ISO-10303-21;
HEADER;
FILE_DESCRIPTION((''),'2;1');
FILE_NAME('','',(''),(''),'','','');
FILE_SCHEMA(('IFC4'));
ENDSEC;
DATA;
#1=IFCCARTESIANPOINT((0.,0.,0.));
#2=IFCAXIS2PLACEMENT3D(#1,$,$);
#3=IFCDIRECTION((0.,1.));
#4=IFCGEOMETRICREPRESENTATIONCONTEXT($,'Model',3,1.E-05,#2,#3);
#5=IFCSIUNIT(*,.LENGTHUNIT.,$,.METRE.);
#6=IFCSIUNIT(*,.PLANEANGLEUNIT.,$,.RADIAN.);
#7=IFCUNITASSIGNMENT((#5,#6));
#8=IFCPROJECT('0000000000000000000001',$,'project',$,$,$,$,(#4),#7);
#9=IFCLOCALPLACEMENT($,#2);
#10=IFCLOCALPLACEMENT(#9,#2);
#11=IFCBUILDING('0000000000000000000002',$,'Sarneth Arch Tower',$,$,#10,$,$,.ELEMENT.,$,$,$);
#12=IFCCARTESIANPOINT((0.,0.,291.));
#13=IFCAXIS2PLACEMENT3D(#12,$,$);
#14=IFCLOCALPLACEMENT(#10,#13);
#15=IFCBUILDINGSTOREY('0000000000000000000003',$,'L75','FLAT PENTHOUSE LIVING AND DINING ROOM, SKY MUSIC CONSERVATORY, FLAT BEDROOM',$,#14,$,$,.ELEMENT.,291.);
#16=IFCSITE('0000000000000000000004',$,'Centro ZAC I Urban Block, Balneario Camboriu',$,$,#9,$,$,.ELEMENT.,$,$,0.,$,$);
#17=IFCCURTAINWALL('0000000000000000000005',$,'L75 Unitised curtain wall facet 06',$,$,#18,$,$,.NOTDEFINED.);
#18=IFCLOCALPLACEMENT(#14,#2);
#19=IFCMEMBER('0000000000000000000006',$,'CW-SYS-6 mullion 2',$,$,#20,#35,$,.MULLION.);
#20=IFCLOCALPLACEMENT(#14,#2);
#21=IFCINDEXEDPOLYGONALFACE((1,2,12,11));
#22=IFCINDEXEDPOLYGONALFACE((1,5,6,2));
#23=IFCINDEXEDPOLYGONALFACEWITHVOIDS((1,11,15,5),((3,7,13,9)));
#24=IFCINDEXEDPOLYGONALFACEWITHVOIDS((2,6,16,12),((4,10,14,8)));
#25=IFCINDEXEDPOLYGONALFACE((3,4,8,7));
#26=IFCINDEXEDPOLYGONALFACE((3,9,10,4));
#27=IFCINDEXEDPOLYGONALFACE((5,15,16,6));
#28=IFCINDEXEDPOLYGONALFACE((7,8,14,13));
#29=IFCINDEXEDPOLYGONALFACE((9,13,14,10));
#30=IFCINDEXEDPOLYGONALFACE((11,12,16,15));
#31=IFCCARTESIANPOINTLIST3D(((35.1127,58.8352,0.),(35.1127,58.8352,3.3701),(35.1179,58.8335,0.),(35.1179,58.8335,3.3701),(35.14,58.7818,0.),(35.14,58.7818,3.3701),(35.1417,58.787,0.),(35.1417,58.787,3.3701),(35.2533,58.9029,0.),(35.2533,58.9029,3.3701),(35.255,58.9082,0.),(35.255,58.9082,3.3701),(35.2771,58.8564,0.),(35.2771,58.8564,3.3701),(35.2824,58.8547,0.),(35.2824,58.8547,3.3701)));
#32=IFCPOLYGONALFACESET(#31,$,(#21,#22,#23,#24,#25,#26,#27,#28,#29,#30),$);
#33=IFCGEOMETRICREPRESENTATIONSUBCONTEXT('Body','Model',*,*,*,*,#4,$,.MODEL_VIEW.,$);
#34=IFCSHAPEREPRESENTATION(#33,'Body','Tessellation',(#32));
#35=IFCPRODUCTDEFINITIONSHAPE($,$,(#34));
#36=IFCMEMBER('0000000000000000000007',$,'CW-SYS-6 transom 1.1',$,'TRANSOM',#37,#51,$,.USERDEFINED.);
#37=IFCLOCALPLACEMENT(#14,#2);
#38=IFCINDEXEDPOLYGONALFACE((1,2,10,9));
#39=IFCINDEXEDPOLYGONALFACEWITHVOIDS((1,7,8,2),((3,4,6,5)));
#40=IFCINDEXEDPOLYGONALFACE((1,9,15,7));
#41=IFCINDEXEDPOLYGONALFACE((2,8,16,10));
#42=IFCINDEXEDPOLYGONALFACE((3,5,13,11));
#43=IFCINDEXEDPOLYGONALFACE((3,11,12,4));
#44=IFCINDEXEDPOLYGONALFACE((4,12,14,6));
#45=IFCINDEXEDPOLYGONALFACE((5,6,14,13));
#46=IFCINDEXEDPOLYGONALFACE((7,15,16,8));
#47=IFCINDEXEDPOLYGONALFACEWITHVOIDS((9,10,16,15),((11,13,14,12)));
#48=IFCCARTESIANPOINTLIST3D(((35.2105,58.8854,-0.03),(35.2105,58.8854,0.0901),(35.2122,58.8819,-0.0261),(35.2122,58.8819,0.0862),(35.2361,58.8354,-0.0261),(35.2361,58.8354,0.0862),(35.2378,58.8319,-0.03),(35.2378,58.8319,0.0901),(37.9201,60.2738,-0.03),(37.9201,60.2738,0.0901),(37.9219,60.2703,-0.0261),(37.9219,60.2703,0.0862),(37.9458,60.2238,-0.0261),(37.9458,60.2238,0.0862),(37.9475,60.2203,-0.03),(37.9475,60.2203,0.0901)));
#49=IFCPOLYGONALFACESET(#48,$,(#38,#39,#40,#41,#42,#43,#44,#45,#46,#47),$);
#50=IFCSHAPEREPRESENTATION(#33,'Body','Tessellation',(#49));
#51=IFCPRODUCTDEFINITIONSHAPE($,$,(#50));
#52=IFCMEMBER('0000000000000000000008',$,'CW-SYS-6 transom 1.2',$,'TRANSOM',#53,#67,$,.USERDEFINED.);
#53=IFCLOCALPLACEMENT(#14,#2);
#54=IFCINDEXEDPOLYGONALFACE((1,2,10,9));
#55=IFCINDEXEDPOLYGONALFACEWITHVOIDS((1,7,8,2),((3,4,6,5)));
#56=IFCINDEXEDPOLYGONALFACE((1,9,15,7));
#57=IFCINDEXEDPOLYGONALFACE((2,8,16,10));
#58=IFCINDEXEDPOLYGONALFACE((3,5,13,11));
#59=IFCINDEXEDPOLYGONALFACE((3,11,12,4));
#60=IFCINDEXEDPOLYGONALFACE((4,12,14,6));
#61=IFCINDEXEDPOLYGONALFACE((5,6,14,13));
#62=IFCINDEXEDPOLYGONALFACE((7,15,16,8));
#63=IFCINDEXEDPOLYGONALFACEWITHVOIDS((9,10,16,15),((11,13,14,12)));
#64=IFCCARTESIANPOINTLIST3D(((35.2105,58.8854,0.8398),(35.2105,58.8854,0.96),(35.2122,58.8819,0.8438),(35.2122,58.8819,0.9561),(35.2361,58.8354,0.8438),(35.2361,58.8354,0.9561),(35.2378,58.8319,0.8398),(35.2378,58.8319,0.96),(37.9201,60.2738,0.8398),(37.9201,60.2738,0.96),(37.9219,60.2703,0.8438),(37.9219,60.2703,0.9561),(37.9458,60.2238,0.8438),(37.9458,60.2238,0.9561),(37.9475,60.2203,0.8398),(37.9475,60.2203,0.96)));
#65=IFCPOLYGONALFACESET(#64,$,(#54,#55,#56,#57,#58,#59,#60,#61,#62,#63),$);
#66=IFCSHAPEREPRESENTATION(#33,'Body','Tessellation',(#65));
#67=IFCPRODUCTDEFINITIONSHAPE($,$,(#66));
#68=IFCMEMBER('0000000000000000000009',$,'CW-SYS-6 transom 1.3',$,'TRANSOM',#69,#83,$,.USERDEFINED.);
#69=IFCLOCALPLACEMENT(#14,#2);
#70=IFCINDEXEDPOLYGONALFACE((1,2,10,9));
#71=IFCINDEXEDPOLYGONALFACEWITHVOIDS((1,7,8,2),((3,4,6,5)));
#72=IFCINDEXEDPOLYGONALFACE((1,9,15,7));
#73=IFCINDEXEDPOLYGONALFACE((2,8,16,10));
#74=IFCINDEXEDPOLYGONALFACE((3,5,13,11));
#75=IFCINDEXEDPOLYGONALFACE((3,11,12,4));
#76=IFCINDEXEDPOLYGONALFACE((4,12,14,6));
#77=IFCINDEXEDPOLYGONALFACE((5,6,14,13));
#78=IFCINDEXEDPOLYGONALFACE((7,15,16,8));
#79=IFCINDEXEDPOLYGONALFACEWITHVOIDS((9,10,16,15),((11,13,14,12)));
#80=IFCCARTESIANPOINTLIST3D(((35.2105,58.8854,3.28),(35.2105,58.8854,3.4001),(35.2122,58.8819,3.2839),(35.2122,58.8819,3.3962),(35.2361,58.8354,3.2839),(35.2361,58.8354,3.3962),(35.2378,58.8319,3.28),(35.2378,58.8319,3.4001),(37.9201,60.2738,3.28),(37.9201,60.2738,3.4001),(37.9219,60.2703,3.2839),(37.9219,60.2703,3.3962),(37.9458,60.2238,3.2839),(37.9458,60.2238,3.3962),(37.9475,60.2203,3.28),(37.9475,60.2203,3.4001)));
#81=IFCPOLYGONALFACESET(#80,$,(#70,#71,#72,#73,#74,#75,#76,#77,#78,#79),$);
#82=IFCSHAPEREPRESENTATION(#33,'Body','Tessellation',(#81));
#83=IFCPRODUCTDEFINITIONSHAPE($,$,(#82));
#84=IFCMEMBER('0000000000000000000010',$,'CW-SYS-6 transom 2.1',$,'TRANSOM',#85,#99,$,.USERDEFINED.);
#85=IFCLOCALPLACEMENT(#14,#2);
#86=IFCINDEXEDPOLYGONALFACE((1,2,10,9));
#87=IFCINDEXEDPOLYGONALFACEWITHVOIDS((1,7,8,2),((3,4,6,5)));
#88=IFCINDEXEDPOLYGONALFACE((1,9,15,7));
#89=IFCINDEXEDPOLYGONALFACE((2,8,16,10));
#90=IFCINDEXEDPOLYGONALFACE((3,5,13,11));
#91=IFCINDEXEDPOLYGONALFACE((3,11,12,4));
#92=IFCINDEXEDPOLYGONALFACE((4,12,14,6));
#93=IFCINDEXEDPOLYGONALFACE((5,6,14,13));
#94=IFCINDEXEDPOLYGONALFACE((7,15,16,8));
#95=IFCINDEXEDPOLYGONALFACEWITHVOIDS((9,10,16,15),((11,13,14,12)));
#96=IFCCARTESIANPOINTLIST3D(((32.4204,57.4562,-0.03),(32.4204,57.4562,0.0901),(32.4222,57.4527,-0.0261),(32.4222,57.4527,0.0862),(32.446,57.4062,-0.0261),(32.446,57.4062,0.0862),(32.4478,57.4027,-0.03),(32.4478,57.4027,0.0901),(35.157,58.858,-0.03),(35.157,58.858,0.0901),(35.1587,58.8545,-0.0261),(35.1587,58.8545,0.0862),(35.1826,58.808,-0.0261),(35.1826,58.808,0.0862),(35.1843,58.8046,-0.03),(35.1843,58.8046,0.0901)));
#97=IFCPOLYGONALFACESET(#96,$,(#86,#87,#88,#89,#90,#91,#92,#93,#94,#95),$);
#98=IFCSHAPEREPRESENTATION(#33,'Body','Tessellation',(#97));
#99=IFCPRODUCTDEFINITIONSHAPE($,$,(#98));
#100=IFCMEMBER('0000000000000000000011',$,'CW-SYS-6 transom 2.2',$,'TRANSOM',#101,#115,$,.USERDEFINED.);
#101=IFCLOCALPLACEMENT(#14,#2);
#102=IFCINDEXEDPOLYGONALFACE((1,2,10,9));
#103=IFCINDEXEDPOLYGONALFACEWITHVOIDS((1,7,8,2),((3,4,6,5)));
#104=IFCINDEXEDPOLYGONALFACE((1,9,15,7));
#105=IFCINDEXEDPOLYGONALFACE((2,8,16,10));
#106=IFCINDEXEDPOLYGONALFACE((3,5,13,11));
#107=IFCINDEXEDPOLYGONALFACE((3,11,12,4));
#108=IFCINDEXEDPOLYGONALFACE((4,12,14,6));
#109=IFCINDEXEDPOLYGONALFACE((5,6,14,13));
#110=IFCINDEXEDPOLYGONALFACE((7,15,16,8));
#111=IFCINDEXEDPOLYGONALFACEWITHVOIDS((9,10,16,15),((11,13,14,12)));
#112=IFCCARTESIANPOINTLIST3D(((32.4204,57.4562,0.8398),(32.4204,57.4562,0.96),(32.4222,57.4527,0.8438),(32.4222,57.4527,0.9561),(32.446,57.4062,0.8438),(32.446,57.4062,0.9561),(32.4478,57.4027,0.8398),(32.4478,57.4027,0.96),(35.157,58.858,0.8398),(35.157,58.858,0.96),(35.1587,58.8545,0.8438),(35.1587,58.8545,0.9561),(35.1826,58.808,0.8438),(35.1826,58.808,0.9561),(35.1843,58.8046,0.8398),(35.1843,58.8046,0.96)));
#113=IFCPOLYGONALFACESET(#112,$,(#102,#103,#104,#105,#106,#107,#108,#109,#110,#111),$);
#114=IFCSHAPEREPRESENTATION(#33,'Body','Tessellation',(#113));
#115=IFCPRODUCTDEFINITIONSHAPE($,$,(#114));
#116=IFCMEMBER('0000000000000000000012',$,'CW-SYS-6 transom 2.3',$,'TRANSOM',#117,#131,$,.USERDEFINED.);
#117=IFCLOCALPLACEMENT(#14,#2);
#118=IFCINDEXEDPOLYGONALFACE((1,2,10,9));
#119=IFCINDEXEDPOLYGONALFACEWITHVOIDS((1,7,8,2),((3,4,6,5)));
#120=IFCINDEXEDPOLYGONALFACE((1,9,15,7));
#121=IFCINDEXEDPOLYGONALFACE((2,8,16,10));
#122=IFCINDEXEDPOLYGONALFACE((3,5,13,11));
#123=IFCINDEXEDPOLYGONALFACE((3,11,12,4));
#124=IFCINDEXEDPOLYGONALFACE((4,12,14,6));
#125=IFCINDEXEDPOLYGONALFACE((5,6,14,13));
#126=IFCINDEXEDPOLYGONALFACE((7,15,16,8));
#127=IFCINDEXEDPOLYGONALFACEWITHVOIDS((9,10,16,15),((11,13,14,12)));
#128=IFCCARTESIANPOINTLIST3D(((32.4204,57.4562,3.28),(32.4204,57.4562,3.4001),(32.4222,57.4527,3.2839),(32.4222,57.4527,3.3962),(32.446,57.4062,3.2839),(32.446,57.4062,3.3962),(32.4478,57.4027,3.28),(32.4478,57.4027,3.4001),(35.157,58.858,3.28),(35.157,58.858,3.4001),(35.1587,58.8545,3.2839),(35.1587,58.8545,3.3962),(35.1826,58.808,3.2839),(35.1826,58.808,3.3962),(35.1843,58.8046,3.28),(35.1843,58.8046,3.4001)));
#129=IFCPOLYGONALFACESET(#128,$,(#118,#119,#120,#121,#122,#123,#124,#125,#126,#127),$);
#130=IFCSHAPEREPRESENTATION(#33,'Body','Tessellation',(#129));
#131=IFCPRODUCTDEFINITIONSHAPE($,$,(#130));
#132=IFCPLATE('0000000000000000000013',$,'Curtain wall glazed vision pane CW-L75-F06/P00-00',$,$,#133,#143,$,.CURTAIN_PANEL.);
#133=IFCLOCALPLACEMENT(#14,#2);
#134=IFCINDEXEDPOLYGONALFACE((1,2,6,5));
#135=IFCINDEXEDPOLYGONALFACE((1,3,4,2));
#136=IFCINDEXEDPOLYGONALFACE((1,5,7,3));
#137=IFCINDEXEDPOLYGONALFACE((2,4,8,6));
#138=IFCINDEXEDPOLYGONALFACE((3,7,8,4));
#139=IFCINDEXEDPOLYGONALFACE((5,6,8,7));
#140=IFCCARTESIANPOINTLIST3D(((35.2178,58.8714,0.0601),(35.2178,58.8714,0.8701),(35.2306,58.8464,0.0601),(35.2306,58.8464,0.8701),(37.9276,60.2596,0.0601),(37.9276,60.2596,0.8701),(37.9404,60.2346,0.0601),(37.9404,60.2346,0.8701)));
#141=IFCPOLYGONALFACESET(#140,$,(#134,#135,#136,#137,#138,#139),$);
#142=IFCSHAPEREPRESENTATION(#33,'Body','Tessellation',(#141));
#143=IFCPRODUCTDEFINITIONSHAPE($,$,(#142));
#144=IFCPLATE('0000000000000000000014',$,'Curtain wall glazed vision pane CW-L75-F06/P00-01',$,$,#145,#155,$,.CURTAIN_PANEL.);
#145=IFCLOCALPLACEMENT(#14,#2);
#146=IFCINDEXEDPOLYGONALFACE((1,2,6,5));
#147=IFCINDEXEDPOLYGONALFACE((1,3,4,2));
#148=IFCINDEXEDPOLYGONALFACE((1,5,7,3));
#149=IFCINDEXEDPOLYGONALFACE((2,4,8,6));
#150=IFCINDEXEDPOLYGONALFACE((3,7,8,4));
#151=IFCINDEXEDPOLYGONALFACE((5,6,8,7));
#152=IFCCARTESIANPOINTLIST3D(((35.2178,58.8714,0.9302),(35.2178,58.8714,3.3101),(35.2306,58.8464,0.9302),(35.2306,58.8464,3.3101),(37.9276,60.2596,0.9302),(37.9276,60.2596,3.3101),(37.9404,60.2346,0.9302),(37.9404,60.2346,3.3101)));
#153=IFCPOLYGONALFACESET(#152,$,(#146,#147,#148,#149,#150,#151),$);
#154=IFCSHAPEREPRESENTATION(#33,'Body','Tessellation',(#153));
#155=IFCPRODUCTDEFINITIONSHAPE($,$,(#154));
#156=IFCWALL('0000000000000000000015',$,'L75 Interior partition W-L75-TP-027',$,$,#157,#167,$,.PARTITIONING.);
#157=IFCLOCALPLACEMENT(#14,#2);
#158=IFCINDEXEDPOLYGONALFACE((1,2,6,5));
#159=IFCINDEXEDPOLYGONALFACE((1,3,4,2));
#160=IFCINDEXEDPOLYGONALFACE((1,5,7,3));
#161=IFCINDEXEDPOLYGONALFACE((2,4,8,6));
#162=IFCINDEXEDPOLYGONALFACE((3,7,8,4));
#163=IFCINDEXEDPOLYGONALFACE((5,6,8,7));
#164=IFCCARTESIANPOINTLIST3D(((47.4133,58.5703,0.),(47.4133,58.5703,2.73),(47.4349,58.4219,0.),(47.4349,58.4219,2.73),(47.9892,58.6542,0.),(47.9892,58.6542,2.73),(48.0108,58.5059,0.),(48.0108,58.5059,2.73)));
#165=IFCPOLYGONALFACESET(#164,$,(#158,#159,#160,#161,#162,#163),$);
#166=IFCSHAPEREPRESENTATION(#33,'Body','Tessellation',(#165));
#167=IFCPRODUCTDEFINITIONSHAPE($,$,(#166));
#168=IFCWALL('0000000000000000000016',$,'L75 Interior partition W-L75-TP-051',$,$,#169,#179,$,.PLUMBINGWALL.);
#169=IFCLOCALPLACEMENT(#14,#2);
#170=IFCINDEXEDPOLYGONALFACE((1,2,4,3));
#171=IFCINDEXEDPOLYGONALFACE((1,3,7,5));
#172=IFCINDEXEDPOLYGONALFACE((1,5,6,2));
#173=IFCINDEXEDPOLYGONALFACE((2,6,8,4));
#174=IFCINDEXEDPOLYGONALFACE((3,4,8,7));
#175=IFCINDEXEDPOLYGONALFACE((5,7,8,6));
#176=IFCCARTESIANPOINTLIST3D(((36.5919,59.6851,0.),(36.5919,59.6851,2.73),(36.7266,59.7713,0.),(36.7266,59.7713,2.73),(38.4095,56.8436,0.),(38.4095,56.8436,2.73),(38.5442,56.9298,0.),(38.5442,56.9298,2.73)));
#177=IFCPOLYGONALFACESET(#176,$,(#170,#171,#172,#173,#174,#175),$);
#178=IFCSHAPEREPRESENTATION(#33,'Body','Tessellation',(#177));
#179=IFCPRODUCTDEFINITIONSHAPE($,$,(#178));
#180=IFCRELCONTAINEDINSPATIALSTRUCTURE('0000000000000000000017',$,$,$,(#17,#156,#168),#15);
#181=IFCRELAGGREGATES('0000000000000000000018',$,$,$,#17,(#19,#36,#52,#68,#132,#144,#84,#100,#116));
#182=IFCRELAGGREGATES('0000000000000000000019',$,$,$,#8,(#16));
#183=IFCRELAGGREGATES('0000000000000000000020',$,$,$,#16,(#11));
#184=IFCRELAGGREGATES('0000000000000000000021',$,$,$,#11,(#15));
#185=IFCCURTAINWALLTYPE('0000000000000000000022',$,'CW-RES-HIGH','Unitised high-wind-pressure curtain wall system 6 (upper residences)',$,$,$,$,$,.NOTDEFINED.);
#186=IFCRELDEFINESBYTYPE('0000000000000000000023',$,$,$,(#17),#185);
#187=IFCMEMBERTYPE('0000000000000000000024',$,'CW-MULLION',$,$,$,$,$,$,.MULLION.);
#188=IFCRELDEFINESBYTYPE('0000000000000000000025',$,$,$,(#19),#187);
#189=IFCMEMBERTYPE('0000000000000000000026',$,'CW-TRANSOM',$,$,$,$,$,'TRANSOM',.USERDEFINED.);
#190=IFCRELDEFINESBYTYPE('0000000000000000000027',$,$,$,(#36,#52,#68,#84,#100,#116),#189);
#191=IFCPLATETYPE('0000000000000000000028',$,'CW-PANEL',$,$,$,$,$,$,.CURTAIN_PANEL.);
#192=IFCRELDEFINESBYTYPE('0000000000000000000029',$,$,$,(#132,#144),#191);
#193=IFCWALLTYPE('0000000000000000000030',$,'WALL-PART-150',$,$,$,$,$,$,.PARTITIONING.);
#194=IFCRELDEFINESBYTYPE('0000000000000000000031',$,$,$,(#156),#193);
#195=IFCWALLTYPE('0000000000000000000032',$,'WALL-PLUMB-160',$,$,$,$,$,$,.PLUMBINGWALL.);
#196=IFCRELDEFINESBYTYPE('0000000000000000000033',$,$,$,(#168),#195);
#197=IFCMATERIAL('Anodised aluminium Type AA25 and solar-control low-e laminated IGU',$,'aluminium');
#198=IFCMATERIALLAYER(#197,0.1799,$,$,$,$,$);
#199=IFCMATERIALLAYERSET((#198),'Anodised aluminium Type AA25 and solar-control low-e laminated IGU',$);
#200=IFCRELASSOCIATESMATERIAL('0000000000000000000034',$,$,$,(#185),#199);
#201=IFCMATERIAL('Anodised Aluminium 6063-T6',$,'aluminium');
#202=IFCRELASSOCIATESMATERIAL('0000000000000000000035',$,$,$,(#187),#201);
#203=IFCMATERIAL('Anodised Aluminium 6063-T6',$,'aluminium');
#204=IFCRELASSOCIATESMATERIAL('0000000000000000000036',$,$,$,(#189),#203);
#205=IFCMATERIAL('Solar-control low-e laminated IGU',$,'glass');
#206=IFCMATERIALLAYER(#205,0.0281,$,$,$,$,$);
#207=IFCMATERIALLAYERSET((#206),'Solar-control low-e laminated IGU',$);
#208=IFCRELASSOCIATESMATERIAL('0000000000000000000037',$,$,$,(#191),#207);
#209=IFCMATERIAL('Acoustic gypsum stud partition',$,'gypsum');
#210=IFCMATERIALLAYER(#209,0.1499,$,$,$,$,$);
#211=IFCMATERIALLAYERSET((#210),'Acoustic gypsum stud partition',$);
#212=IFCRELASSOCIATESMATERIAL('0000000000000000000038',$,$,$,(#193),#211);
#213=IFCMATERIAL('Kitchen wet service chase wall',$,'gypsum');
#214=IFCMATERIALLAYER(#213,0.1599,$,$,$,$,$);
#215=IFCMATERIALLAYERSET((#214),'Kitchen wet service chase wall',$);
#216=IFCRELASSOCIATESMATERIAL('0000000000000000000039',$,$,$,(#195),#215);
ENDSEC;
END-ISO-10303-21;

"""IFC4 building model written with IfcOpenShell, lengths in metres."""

from ifc_helpers import new_model, si_unit, direction, frame, frame_2d, origin, origin_2d, place, context, subcontext, project, spatial, rectangle, hollow_rectangle, extrude, material, layer, layer_set, material_profile, profile_set, type_object, element, aggregate, save


model = new_model("IFC4")

# Units and contexts
model_context = context("Model", 3, precision=1e-05, world=origin(), true_north=direction((0.0, 1.0)))
body_context = subcontext(model_context, "Body", "Model", "MODEL_VIEW")
ifc_project = project(units=[si_unit("LENGTHUNIT", "METRE"), si_unit("PLANEANGLEUNIT", "RADIAN")], contexts=[model_context])

# Site, building, storey
site_placement = place(None, origin())
site = spatial("IfcSite", under=ifc_project, at=site_placement, Name="Centro ZAC I Urban Block, Balneario Camboriu", CompositionType="ELEMENT", RefElevation=0.0)
building_placement = place(site_placement, origin())
building = spatial("IfcBuilding", under=site, at=building_placement, Name="Sarneth Arch Tower", CompositionType="ELEMENT")
storey_placement = place(building_placement, frame((0.0, 0.0, 291.0)))
storey = spatial("IfcBuildingStorey", under=building, at=storey_placement, Name="L75", Description="FLAT PENTHOUSE LIVING AND DINING ROOM, SKY MUSIC CONSERVATORY, FLAT BEDROOM", CompositionType="ELEMENT", Elevation=291.0)

# Curtain wall, members, plates
ifc_material_1 = material(Name="Anodised aluminium Type AA25 and solar-control low-e laminated IGU", Category="aluminium")
ifc_layer_1 = layer(ifc_material_1, 0.1799)
ifc_layer_set_1 = layer_set([ifc_layer_1], Name="Anodised aluminium Type AA25 and solar-control low-e laminated IGU")
curtain_wall_type = type_object("IfcCurtainWallType", Name="CW-RES-HIGH", Description="Unitised high-wind-pressure curtain wall system 6 (upper residences)", PredefinedType="NOTDEFINED", material=ifc_layer_set_1)
curtain_wall_placement = place(storey_placement, origin())
curtain_wall = element("IfcCurtainWall", 1, at=curtain_wall_placement, inside=storey, type_object=curtain_wall_type, Name="L75 Unitised curtain wall facet 06", PredefinedType="NOTDEFINED")
ifc_material_2 = material(Name="Anodised Aluminium 6063-T6", Category="aluminium")
ifc_material_profile_1 = material_profile(ifc_material_2, hollow_rectangle(XDim=0.0601, YDim=0.1599, WallThickness=0.0039, at=origin_2d()), Name="AL-MULL-160x60x4")
ifc_profile_set_1 = profile_set([ifc_material_profile_1], Name="Anodised Aluminium 6063-T6")
member_type_1 = type_object("IfcMemberType", Name="CW-MULLION", PredefinedType="MULLION", material=ifc_profile_set_1)
member_1_placement = place(storey_placement, frame((35.1975, 58.845, 0.0), z_axis=(0.0, 0.0, 1.0), x_axis=(0.455942, -0.89001, 0.0)))
member_1 = element("IfcMember", 2, at=member_1_placement, type_object=member_type_1, Name="CW-SYS-6 mullion 2", PredefinedType="MULLION", context=body_context, shape_type="SweptSolid", body=[
    extrude(hollow_rectangle(XDim=0.0601, YDim=0.1599, WallThickness=0.0039, at=origin_2d()), origin(), (0.0, 0.0, 1.0), 3.3701),
])
ifc_material_3 = material(Name="Anodised Aluminium 6063-T6", Category="aluminium")
ifc_material_profile_2 = material_profile(ifc_material_3, hollow_rectangle(XDim=0.0601, YDim=0.1201, WallThickness=0.0039, at=origin_2d()), Name="AL-TRAN-120x60x4")
ifc_profile_set_2 = profile_set([ifc_material_profile_2], Name="Anodised Aluminium 6063-T6")
member_type_2 = type_object("IfcMemberType", Name="CW-TRANSOM", ElementType="TRANSOM", PredefinedType="USERDEFINED", material=ifc_profile_set_2)
member_2_placement = place(storey_placement, frame((37.9338, 60.2471, 0.03), z_axis=(-0.889974, -0.456012, 0.0), x_axis=(0.456012, -0.889974, 0.0)))
member_2 = element("IfcMember", 3, at=member_2_placement, type_object=member_type_2, Name="CW-SYS-6 transom 1.1", ObjectType="TRANSOM", PredefinedType="USERDEFINED", context=body_context, shape_type="SweptSolid", body=[
    extrude(hollow_rectangle(XDim=0.0601, YDim=0.1201, WallThickness=0.0039, at=origin_2d()), origin(), (0.0, 0.0, 1.0), 3.0447),
])
member_3_placement = place(storey_placement, frame((37.9338, 60.2471, 0.8999), z_axis=(-0.889974, -0.456012, 0.0), x_axis=(0.456012, -0.889974, 0.0)))
member_3 = element("IfcMember", 4, at=member_3_placement, type_object=member_type_2, Name="CW-SYS-6 transom 1.2", ObjectType="TRANSOM", PredefinedType="USERDEFINED", context=body_context, shape_type="SweptSolid", body=[
    extrude(hollow_rectangle(XDim=0.0601, YDim=0.1201, WallThickness=0.0039, at=origin_2d()), origin(), (0.0, 0.0, 1.0), 3.0447),
])
member_4_placement = place(storey_placement, frame((37.9338, 60.2471, 3.3401), z_axis=(-0.889974, -0.456012, 0.0), x_axis=(0.456012, -0.889974, 0.0)))
member_4 = element("IfcMember", 5, at=member_4_placement, type_object=member_type_2, Name="CW-SYS-6 transom 1.3", ObjectType="TRANSOM", PredefinedType="USERDEFINED", context=body_context, shape_type="SweptSolid", body=[
    extrude(hollow_rectangle(XDim=0.0601, YDim=0.1201, WallThickness=0.0039, at=origin_2d()), origin(), (0.0, 0.0, 1.0), 3.0447),
])
member_5_placement = place(storey_placement, frame((35.1707, 58.8313, 0.03), z_axis=(-0.890017, -0.455926, 0.0), x_axis=(0.455926, -0.890017, 0.0)))
member_5 = element("IfcMember", 6, at=member_5_placement, type_object=member_type_2, Name="CW-SYS-6 transom 2.1", ObjectType="TRANSOM", PredefinedType="USERDEFINED", context=body_context, shape_type="SweptSolid", body=[
    extrude(hollow_rectangle(XDim=0.0601, YDim=0.1201, WallThickness=0.0039, at=origin_2d()), origin(), (0.0, 0.0, 1.0), 3.0747),
])
member_6_placement = place(storey_placement, frame((35.1707, 58.8313, 0.8999), z_axis=(-0.890017, -0.455926, 0.0), x_axis=(0.455926, -0.890017, 0.0)))
member_6 = element("IfcMember", 7, at=member_6_placement, type_object=member_type_2, Name="CW-SYS-6 transom 2.2", ObjectType="TRANSOM", PredefinedType="USERDEFINED", context=body_context, shape_type="SweptSolid", body=[
    extrude(hollow_rectangle(XDim=0.0601, YDim=0.1201, WallThickness=0.0039, at=origin_2d()), origin(), (0.0, 0.0, 1.0), 3.0747),
])
member_7_placement = place(storey_placement, frame((35.1707, 58.8313, 3.3401), z_axis=(-0.890017, -0.455926, 0.0), x_axis=(0.455926, -0.890017, 0.0)))
member_7 = element("IfcMember", 8, at=member_7_placement, type_object=member_type_2, Name="CW-SYS-6 transom 2.3", ObjectType="TRANSOM", PredefinedType="USERDEFINED", context=body_context, shape_type="SweptSolid", body=[
    extrude(hollow_rectangle(XDim=0.0601, YDim=0.1201, WallThickness=0.0039, at=origin_2d()), origin(), (0.0, 0.0, 1.0), 3.0747),
])
ifc_material_4 = material(Name="Solar-control low-e laminated IGU", Category="glass")
ifc_layer_2 = layer(ifc_material_4, 0.0281)
ifc_layer_set_2 = layer_set([ifc_layer_2], Name="Solar-control low-e laminated IGU")
plate_type = type_object("IfcPlateType", Name="CW-PANEL", PredefinedType="CURTAIN_PANEL", material=ifc_layer_set_2)
plate_1_placement = place(storey_placement, frame((36.5791, 59.553, 0.0601), z_axis=(0.0, 0.0, 1.0), x_axis=(-0.89001, -0.455942, 0.0)))
plate_1 = element("IfcPlate", 9, at=plate_1_placement, type_object=plate_type, Name="Curtain wall glazed vision pane CW-L75-F06/P00-00", PredefinedType="CURTAIN_PANEL", context=body_context, shape_type="SweptSolid", body=[
    extrude(rectangle(XDim=3.0447, YDim=0.0281, at=origin_2d()), origin(), (0.0, 0.0, 1.0), 0.8101),
])
plate_2_placement = place(storey_placement, frame((36.5791, 59.553, 0.9302), z_axis=(0.0, 0.0, 1.0), x_axis=(-0.89001, -0.455942, 0.0)))
plate_2 = element("IfcPlate", 10, at=plate_2_placement, type_object=plate_type, Name="Curtain wall glazed vision pane CW-L75-F06/P00-01", PredefinedType="CURTAIN_PANEL", context=body_context, shape_type="SweptSolid", body=[
    extrude(rectangle(XDim=3.0447, YDim=0.0281, at=origin_2d()), origin(), (0.0, 0.0, 1.0), 2.3799),
])
aggregate(curtain_wall, [member_1, member_2, member_3, member_4, plate_1, plate_2, member_5, member_6, member_7])

# Walls
ifc_material_5 = material(Name="Acoustic gypsum stud partition", Category="gypsum")
ifc_layer_3 = layer(ifc_material_5, 0.1499)
ifc_layer_set_3 = layer_set([ifc_layer_3], Name="Acoustic gypsum stud partition")
wall_type_1 = type_object("IfcWallType", Name="WALL-PART-150", PredefinedType="PARTITIONING", material=ifc_layer_set_3)
wall_1_placement = place(storey_placement, frame((47.4241, 58.4961, 0.0), z_axis=(0.0, 0.0, 1.0), x_axis=(0.989534, 0.144298, 0.0)))
element("IfcWall", 11, at=wall_1_placement, inside=storey, type_object=wall_type_1, Name="L75 Interior partition W-L75-TP-027", PredefinedType="PARTITIONING", context=body_context, shape_type="SweptSolid", body=[
    extrude(rectangle(XDim=0.582, YDim=0.1499, at=frame_2d((0.291, 0.0))), origin(), (0.0, 0.0, 1.0), 2.73),
])
ifc_material_6 = material(Name="Kitchen wet service chase wall", Category="gypsum")
ifc_layer_4 = layer(ifc_material_6, 0.1599)
ifc_layer_set_4 = layer_set([ifc_layer_4], Name="Kitchen wet service chase wall")
wall_type_2 = type_object("IfcWallType", Name="WALL-PLUMB-160", PredefinedType="PLUMBINGWALL", material=ifc_layer_set_4)
wall_2_placement = place(storey_placement, frame((38.4768, 56.8867, 0.0), z_axis=(0.0, 0.0, 1.0), x_axis=(-0.53885, 0.842402, 0.0)))
element("IfcWall", 12, at=wall_2_placement, inside=storey, type_object=wall_type_2, Name="L75 Interior partition W-L75-TP-051", PredefinedType="PLUMBINGWALL", context=body_context, shape_type="SweptSolid", body=[
    extrude(rectangle(XDim=3.373, YDim=0.1599, at=frame_2d((1.6865, 0.0))), origin(), (0.0, 0.0, 1.0), 2.73),
])

save(model, "model.ifc")
